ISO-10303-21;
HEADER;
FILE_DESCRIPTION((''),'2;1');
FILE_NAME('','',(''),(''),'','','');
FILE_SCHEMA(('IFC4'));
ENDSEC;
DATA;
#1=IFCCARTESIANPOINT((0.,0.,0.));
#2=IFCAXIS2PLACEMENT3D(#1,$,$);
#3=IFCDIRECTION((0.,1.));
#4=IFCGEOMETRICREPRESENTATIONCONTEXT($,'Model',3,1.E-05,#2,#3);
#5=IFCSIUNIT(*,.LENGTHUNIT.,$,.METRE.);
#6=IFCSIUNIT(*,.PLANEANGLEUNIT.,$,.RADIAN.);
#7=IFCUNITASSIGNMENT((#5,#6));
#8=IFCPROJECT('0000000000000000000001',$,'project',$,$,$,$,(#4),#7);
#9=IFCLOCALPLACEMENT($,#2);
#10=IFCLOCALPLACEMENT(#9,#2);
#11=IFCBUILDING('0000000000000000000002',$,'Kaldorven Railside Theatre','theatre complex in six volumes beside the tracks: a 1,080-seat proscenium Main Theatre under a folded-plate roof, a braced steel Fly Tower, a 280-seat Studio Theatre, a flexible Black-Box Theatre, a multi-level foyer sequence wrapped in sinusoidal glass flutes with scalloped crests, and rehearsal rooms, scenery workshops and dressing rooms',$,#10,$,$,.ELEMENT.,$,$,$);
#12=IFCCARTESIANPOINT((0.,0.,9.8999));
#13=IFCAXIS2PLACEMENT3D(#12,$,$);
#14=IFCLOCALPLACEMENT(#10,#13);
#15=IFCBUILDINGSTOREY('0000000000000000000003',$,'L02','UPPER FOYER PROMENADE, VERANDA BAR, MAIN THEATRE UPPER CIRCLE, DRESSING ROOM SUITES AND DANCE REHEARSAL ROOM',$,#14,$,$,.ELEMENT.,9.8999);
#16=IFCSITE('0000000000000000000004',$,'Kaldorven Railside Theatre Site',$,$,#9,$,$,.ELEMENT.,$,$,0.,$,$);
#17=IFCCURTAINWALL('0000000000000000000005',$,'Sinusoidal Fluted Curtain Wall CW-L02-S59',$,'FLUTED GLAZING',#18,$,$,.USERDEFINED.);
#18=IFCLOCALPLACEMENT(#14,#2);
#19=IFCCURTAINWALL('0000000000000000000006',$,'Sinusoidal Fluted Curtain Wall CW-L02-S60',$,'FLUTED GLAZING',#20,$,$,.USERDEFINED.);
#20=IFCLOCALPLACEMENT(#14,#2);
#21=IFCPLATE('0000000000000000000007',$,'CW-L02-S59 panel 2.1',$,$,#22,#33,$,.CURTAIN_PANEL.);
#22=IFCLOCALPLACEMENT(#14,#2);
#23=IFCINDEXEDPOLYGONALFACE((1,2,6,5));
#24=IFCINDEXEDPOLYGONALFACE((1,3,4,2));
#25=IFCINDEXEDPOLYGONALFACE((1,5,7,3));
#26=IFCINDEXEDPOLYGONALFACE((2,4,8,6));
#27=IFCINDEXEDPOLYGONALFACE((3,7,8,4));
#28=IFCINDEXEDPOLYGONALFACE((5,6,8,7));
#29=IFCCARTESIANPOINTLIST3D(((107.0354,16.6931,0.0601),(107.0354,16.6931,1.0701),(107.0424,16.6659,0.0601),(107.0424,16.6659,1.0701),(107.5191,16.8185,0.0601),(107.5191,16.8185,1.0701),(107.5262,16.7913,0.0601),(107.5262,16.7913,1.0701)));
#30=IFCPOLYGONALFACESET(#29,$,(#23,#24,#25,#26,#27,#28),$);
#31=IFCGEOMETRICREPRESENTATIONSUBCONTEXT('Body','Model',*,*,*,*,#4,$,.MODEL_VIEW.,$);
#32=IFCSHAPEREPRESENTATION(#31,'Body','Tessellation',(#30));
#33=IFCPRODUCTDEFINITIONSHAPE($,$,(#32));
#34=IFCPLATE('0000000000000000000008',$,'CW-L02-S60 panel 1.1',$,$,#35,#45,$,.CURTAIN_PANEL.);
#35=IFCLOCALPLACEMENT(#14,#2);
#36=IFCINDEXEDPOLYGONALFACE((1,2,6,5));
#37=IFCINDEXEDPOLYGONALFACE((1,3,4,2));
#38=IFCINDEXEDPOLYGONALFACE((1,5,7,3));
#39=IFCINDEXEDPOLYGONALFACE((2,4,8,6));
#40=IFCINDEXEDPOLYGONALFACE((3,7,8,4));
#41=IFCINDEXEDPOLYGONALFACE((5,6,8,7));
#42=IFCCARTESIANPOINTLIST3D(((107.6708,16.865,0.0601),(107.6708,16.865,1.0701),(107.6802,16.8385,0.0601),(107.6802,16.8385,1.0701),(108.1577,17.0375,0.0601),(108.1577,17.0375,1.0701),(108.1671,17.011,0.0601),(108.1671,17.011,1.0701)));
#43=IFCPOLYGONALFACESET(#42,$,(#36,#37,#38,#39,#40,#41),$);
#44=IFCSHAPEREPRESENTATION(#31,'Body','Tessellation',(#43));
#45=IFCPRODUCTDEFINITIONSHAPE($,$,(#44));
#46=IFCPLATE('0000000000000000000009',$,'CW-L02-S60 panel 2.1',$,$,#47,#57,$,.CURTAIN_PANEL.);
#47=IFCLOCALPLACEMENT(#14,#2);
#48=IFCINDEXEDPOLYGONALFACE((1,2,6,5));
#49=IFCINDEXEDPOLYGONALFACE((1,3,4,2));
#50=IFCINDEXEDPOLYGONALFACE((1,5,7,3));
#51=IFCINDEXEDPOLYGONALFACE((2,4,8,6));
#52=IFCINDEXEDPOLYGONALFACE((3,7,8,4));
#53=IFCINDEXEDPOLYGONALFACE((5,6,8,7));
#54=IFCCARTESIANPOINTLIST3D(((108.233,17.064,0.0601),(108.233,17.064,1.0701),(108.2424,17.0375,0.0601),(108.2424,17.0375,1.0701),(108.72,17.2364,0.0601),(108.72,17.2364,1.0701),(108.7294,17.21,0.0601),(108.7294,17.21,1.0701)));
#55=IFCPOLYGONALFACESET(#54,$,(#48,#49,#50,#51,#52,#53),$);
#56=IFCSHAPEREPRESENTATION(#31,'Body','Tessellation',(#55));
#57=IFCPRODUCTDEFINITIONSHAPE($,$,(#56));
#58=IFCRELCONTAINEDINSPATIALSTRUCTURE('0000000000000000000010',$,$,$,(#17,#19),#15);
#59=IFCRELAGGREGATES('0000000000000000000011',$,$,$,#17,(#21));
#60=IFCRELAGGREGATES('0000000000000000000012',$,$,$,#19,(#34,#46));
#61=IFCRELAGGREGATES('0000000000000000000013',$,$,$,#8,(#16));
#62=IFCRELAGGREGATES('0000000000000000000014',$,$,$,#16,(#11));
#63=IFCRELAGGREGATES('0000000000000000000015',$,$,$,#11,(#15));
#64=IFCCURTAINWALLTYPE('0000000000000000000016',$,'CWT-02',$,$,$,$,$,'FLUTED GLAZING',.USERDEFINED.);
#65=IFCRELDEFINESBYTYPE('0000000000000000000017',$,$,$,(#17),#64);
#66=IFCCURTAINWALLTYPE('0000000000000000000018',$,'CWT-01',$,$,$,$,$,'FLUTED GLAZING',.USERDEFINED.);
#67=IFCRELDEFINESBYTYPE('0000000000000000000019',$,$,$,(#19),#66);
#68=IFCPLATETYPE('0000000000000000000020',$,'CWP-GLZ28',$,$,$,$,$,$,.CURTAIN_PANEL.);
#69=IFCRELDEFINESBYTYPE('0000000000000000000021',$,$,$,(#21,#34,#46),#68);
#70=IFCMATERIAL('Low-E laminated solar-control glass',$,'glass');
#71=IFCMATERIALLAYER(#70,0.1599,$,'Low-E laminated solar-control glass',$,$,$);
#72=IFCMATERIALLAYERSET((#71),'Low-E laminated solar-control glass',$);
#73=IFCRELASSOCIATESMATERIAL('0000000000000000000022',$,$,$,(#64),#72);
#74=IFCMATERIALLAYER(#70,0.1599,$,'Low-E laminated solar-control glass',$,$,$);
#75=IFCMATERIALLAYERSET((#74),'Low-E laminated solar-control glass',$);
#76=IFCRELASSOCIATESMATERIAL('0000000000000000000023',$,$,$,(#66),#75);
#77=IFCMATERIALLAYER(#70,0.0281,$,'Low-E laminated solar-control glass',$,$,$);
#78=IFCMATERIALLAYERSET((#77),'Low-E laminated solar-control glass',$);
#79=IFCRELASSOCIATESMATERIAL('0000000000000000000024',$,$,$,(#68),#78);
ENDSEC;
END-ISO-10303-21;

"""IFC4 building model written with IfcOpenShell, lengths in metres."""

from ifc_helpers import new_model, si_unit, direction, frame, origin, origin_2d, place, context, subcontext, project, spatial, rectangle, extrude, material, layer, layer_set, type_object, element, aggregate, save


model = new_model("IFC4")

# Units and contexts
model_context = context("Model", 3, precision=1e-05, world=origin(), true_north=direction((0.0, 1.0)))
body_context = subcontext(model_context, "Body", "Model", "MODEL_VIEW")
ifc_project = project(units=[si_unit("LENGTHUNIT", "METRE"), si_unit("PLANEANGLEUNIT", "RADIAN")], contexts=[model_context])

# Site, building, storey
site_placement = place(None, origin())
site = spatial("IfcSite", under=ifc_project, at=site_placement, Name="Kaldorven Railside Theatre Site", CompositionType="ELEMENT", RefElevation=0.0)
building_placement = place(site_placement, origin())
building = spatial("IfcBuilding", under=site, at=building_placement, Name="Kaldorven Railside Theatre", Description="theatre complex in six volumes beside the tracks: a 1,080-seat proscenium Main Theatre under a folded-plate roof, a braced steel Fly Tower, a 280-seat Studio Theatre, a flexible Black-Box Theatre, a multi-level foyer sequence wrapped in sinusoidal glass flutes with scalloped crests, and rehearsal rooms, scenery workshops and dressing rooms", CompositionType="ELEMENT")
storey_placement = place(building_placement, frame((0.0, 0.0, 9.8999)))
storey = spatial("IfcBuildingStorey", under=building, at=storey_placement, Name="L02", Description="UPPER FOYER PROMENADE, VERANDA BAR, MAIN THEATRE UPPER CIRCLE, DRESSING ROOM SUITES AND DANCE REHEARSAL ROOM", CompositionType="ELEMENT", Elevation=9.8999)

# Shared definitions
ifc_material_1 = material(Name="Low-E laminated solar-control glass", Category="glass")

# Curtain walls
ifc_layer_1 = layer(ifc_material_1, 0.1599, Name="Low-E laminated solar-control glass")
ifc_layer_set_1 = layer_set([ifc_layer_1], Name="Low-E laminated solar-control glass")
curtain_wall_type_1 = type_object("IfcCurtainWallType", Name="CWT-02", ElementType="FLUTED GLAZING", PredefinedType="USERDEFINED", material=ifc_layer_set_1)
curtain_wall_1_placement = place(storey_placement, origin())
curtain_wall_1 = element("IfcCurtainWall", 1, at=curtain_wall_1_placement, inside=storey, type_object=curtain_wall_type_1, Name="Sinusoidal Fluted Curtain Wall CW-L02-S59", ObjectType="FLUTED GLAZING", PredefinedType="USERDEFINED")
ifc_layer_2 = layer(ifc_material_1, 0.1599, Name="Low-E laminated solar-control glass")
ifc_layer_set_2 = layer_set([ifc_layer_2], Name="Low-E laminated solar-control glass")
curtain_wall_type_2 = type_object("IfcCurtainWallType", Name="CWT-01", ElementType="FLUTED GLAZING", PredefinedType="USERDEFINED", material=ifc_layer_set_2)
curtain_wall_2_placement = place(storey_placement, origin())
curtain_wall_2 = element("IfcCurtainWall", 2, at=curtain_wall_2_placement, inside=storey, type_object=curtain_wall_type_2, Name="Sinusoidal Fluted Curtain Wall CW-L02-S60", ObjectType="FLUTED GLAZING", PredefinedType="USERDEFINED")

# Plates
ifc_layer_3 = layer(ifc_material_1, 0.0281, Name="Low-E laminated solar-control glass")
ifc_layer_set_3 = layer_set([ifc_layer_3], Name="Low-E laminated solar-control glass")
plate_type = type_object("IfcPlateType", Name="CWP-GLZ28", PredefinedType="CURTAIN_PANEL", material=ifc_layer_set_3)
plate_1_placement = place(storey_placement, frame((107.2808, 16.7422, 0.0601), z_axis=(0.0, 0.0, 1.0), x_axis=(0.967999, 0.250954, 0.0)))
plate_1 = element("IfcPlate", 3, at=plate_1_placement, type_object=plate_type, Name="CW-L02-S59 panel 2.1", PredefinedType="CURTAIN_PANEL", context=body_context, shape_type="SweptSolid", body=[
    extrude(rectangle(XDim=0.4998, YDim=0.0281, at=origin_2d()), origin(), (0.0, 0.0, 1.0), 1.01),
])
aggregate(curtain_wall_1, [plate_1])
plate_2_placement = place(storey_placement, frame((107.9189, 16.938, 0.0601), z_axis=(0.0, 0.0, 1.0), x_axis=(0.942627, 0.333847, 0.0)))
plate_2 = element("IfcPlate", 4, at=plate_2_placement, type_object=plate_type, Name="CW-L02-S60 panel 1.1", PredefinedType="CURTAIN_PANEL", context=body_context, shape_type="SweptSolid", body=[
    extrude(rectangle(XDim=0.5166, YDim=0.0281, at=origin_2d()), origin(), (0.0, 0.0, 1.0), 1.01),
])
plate_3_placement = place(storey_placement, frame((108.4812, 17.137, 0.0601), z_axis=(0.0, 0.0, 1.0), x_axis=(0.942627, 0.333847, 0.0)))
plate_3 = element("IfcPlate", 5, at=plate_3_placement, type_object=plate_type, Name="CW-L02-S60 panel 2.1", PredefinedType="CURTAIN_PANEL", context=body_context, shape_type="SweptSolid", body=[
    extrude(rectangle(XDim=0.5166, YDim=0.0281, at=origin_2d()), origin(), (0.0, 0.0, 1.0), 1.01),
])
aggregate(curtain_wall_2, [plate_2, plate_3])

save(model, "model.ifc")
